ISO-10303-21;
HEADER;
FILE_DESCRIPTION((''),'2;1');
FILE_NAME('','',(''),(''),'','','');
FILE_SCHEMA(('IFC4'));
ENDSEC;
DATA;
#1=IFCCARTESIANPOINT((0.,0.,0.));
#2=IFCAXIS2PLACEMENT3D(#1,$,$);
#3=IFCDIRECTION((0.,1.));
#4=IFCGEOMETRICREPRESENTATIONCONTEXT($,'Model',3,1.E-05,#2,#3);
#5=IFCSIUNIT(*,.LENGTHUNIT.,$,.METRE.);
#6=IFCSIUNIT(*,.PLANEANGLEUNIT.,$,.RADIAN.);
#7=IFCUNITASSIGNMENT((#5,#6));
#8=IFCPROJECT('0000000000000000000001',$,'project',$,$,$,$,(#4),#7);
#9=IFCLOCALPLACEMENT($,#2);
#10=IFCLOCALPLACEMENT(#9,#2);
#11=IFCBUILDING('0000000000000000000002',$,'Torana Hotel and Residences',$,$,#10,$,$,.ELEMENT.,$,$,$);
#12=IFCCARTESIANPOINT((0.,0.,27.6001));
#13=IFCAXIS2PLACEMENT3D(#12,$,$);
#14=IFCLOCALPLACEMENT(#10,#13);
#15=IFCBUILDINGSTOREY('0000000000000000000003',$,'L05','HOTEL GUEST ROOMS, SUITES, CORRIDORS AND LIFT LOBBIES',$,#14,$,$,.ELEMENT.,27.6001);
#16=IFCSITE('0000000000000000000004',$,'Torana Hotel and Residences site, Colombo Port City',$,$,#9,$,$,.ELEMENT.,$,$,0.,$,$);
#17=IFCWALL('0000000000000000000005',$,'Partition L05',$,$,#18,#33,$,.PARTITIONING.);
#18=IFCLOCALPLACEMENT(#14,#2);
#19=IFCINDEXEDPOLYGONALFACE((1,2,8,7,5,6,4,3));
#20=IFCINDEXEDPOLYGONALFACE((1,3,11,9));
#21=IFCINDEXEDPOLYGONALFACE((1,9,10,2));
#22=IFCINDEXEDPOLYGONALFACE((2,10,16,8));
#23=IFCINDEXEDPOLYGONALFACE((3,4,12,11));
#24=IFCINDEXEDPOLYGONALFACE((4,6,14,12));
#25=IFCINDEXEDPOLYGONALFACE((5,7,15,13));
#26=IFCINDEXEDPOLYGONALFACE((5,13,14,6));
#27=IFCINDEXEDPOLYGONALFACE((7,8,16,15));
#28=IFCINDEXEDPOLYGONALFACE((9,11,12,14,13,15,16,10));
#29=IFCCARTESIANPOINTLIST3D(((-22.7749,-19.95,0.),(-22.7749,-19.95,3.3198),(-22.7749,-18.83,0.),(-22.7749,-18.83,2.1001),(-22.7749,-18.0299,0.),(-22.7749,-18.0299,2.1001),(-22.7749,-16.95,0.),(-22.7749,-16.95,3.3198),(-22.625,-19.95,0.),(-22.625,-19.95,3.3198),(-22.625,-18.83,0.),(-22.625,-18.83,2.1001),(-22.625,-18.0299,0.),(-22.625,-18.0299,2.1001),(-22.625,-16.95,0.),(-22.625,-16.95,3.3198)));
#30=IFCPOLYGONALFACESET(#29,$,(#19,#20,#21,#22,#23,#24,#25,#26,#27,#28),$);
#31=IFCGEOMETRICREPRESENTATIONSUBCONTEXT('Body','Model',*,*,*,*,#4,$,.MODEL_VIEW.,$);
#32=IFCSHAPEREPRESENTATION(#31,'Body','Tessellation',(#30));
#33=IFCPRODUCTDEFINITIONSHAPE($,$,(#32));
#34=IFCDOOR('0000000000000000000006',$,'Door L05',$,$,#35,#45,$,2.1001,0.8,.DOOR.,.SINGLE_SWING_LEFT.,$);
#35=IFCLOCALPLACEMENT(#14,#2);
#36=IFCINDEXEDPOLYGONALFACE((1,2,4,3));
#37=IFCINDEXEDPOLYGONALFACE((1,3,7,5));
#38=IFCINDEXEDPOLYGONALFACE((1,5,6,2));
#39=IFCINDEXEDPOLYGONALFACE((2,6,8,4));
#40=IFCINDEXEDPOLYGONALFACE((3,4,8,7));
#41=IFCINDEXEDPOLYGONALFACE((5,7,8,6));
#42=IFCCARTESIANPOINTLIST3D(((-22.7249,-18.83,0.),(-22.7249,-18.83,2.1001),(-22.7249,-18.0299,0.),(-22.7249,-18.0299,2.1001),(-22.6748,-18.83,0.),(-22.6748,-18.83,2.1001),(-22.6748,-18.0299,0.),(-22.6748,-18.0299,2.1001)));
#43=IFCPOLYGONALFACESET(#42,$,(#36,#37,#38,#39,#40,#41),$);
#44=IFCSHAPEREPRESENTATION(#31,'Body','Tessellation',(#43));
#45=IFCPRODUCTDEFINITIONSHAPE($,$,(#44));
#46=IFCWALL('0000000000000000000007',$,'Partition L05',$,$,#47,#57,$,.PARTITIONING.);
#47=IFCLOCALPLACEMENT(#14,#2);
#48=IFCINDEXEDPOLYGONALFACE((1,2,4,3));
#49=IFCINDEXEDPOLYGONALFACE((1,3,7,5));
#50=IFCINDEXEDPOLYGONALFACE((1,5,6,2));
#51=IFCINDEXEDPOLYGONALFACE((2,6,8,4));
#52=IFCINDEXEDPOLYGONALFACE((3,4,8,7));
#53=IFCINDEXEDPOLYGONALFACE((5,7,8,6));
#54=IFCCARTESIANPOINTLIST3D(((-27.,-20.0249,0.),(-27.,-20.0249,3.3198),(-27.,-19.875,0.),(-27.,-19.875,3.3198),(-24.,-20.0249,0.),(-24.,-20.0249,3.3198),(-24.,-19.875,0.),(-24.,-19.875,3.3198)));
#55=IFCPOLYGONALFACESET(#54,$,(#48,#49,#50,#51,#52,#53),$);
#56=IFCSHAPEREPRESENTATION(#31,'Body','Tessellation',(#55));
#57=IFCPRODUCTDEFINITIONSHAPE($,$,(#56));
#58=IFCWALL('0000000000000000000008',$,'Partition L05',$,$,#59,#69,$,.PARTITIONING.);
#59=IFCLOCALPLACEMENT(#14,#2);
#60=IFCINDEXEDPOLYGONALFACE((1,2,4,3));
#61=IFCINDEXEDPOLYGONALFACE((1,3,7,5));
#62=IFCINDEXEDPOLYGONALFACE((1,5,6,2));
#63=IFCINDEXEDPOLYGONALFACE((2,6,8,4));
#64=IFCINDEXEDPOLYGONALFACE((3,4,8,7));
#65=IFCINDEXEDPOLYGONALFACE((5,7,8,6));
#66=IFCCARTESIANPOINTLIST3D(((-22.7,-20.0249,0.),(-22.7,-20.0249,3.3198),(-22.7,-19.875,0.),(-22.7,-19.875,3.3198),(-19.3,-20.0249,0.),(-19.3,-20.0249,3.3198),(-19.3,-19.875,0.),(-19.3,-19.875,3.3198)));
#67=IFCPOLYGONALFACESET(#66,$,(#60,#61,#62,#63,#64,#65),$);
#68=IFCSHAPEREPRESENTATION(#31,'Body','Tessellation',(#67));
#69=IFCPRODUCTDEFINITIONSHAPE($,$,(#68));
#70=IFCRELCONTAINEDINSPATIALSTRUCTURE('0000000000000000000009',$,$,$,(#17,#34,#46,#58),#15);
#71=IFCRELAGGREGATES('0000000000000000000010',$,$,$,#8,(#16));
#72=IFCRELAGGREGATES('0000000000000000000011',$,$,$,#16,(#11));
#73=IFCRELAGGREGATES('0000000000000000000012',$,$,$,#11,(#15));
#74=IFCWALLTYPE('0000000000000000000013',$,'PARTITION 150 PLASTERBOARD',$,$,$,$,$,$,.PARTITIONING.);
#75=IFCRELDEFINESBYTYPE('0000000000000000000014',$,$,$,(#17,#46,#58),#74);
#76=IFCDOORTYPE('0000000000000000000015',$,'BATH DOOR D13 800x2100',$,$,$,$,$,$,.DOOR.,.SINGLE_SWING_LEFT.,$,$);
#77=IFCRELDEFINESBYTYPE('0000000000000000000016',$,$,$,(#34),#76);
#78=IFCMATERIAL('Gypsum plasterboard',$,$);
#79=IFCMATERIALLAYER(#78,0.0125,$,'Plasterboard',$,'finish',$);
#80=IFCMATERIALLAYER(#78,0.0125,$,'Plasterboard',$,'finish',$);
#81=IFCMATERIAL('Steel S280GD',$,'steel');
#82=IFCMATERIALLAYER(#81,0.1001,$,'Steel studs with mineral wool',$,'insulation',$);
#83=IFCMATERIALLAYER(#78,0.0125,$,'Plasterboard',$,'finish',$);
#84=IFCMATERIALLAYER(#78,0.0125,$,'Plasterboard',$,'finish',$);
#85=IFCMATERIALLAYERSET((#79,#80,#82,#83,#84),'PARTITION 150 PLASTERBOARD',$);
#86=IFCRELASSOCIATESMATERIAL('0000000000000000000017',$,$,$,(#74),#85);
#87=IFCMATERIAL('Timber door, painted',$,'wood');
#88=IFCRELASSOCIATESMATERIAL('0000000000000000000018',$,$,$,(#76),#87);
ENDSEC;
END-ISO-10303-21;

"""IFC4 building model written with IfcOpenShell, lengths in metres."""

from ifc_helpers import new_model, si_unit, direction, frame, frame_2d, origin, place, context, subcontext, project, spatial, rectangle, extrude, material, layer, layer_set, type_object, element, fill, save


model = new_model("IFC4")

# Units and contexts
model_context = context("Model", 3, precision=1e-05, world=origin(), true_north=direction((0.0, 1.0)))
body_context = subcontext(model_context, "Body", "Model", "MODEL_VIEW")
ifc_project = project(units=[si_unit("LENGTHUNIT", "METRE"), si_unit("PLANEANGLEUNIT", "RADIAN")], contexts=[model_context])

# Site, building, storey
site_placement = place(None, origin())
site = spatial("IfcSite", under=ifc_project, at=site_placement, Name="Torana Hotel and Residences site, Colombo Port City", CompositionType="ELEMENT", RefElevation=0.0)
building_placement = place(site_placement, origin())
building = spatial("IfcBuilding", under=site, at=building_placement, Name="Torana Hotel and Residences", CompositionType="ELEMENT")
storey_placement = place(building_placement, frame((0.0, 0.0, 27.6001)))
storey = spatial("IfcBuildingStorey", under=building, at=storey_placement, Name="L05", Description="HOTEL GUEST ROOMS, SUITES, CORRIDORS AND LIFT LOBBIES", CompositionType="ELEMENT", Elevation=27.6001)

# Wall, opening, door
ifc_material_1 = material(Name="Gypsum plasterboard")
ifc_layer_1 = layer(ifc_material_1, 0.0125, Name="Plasterboard", Category="finish")
ifc_layer_2 = layer(ifc_material_1, 0.0125, Name="Plasterboard", Category="finish")
ifc_material_2 = material(Name="Steel S280GD", Category="steel")
ifc_layer_3 = layer(ifc_material_2, 0.1001, Name="Steel studs with mineral wool", Category="insulation")
ifc_layer_4 = layer(ifc_material_1, 0.0125, Name="Plasterboard", Category="finish")
ifc_layer_5 = layer(ifc_material_1, 0.0125, Name="Plasterboard", Category="finish")
ifc_layer_set_1 = layer_set([ifc_layer_1, ifc_layer_2, ifc_layer_3, ifc_layer_4, ifc_layer_5], Name="PARTITION 150 PLASTERBOARD")
wall_type_1 = type_object("IfcWallType", Name="PARTITION 150 PLASTERBOARD", PredefinedType="PARTITIONING", material=ifc_layer_set_1)
ifc_material_3 = material(Name="Timber door, painted", Category="wood")
door_type_1 = type_object("IfcDoorType", Name="BATH DOOR D13 800x2100", OperationType="SINGLE_SWING_LEFT", PredefinedType="DOOR", material=ifc_material_3)
wall_1_placement = place(storey_placement, frame((-22.7, -19.95, 0.0), z_axis=(0.0, 0.0, 1.0), x_axis=(0.0, 1.0, 0.0)))
wall_1 = element("IfcWall", 1, at=wall_1_placement, inside=storey, type_object=wall_type_1, Name="Partition L05", PredefinedType="PARTITIONING", context=body_context, shape_type="SweptSolid", body=[
    extrude(rectangle(XDim=3.0, YDim=0.1499, at=frame_2d((1.5, 0.0))), origin(), (0.0, 0.0, 1.0), 3.3198),
])
opening_1_placement = place(wall_1_placement, frame((1.1201, 0.0, 0.0)))
opening_1 = element("IfcOpeningElement", 2, at=opening_1_placement, cuts=wall_1, PredefinedType="OPENING", context=body_context, shape_type="SweptSolid", body=[
    extrude(rectangle(XDim=0.8, YDim=2.1001, at=frame_2d((0.3999, 1.05))), frame((0.0, 0.085, 0.0), z_axis=(0.0, -1.0, 0.0), x_axis=(1.0, 0.0, 0.0)), (0.0, 0.0, 1.0), 0.1699),
])
door_1_placement = place(opening_1_placement, origin())
door_1 = element("IfcDoor", 3, at=door_1_placement, inside=storey, type_object=door_type_1, Name="Door L05", OperationType="SINGLE_SWING_LEFT", OverallHeight=2.1001, OverallWidth=0.8, PredefinedType="DOOR", context=body_context, shape_type="SweptSolid", body=[
    extrude(rectangle(XDim=0.8, YDim=2.1001, at=frame_2d((0.3999, 1.05))), frame((0.0, 0.0249, 0.0), z_axis=(0.0, -1.0, 0.0), x_axis=(1.0, 0.0, 0.0)), (0.0, 0.0, 1.0), 0.05),
])
fill(opening_1, door_1)

# Walls
wall_2_placement = place(storey_placement, frame((-27.0, -19.95, 0.0), z_axis=(0.0, 0.0, 1.0), x_axis=(1.0, 0.0, 0.0)))
element("IfcWall", 4, at=wall_2_placement, inside=storey, type_object=wall_type_1, Name="Partition L05", PredefinedType="PARTITIONING", context=body_context, shape_type="SweptSolid", body=[
    extrude(rectangle(XDim=3.0, YDim=0.1499, at=frame_2d((1.5, 0.0))), origin(), (0.0, 0.0, 1.0), 3.3198),
])
wall_3_placement = place(storey_placement, frame((-22.7, -19.95, 0.0), z_axis=(0.0, 0.0, 1.0), x_axis=(1.0, 0.0, 0.0)))
element("IfcWall", 5, at=wall_3_placement, inside=storey, type_object=wall_type_1, Name="Partition L05", PredefinedType="PARTITIONING", context=body_context, shape_type="SweptSolid", body=[
    extrude(rectangle(XDim=3.3999, YDim=0.1499, at=frame_2d((1.7, 0.0))), origin(), (0.0, 0.0, 1.0), 3.3198),
])

save(model, "model.ifc")
